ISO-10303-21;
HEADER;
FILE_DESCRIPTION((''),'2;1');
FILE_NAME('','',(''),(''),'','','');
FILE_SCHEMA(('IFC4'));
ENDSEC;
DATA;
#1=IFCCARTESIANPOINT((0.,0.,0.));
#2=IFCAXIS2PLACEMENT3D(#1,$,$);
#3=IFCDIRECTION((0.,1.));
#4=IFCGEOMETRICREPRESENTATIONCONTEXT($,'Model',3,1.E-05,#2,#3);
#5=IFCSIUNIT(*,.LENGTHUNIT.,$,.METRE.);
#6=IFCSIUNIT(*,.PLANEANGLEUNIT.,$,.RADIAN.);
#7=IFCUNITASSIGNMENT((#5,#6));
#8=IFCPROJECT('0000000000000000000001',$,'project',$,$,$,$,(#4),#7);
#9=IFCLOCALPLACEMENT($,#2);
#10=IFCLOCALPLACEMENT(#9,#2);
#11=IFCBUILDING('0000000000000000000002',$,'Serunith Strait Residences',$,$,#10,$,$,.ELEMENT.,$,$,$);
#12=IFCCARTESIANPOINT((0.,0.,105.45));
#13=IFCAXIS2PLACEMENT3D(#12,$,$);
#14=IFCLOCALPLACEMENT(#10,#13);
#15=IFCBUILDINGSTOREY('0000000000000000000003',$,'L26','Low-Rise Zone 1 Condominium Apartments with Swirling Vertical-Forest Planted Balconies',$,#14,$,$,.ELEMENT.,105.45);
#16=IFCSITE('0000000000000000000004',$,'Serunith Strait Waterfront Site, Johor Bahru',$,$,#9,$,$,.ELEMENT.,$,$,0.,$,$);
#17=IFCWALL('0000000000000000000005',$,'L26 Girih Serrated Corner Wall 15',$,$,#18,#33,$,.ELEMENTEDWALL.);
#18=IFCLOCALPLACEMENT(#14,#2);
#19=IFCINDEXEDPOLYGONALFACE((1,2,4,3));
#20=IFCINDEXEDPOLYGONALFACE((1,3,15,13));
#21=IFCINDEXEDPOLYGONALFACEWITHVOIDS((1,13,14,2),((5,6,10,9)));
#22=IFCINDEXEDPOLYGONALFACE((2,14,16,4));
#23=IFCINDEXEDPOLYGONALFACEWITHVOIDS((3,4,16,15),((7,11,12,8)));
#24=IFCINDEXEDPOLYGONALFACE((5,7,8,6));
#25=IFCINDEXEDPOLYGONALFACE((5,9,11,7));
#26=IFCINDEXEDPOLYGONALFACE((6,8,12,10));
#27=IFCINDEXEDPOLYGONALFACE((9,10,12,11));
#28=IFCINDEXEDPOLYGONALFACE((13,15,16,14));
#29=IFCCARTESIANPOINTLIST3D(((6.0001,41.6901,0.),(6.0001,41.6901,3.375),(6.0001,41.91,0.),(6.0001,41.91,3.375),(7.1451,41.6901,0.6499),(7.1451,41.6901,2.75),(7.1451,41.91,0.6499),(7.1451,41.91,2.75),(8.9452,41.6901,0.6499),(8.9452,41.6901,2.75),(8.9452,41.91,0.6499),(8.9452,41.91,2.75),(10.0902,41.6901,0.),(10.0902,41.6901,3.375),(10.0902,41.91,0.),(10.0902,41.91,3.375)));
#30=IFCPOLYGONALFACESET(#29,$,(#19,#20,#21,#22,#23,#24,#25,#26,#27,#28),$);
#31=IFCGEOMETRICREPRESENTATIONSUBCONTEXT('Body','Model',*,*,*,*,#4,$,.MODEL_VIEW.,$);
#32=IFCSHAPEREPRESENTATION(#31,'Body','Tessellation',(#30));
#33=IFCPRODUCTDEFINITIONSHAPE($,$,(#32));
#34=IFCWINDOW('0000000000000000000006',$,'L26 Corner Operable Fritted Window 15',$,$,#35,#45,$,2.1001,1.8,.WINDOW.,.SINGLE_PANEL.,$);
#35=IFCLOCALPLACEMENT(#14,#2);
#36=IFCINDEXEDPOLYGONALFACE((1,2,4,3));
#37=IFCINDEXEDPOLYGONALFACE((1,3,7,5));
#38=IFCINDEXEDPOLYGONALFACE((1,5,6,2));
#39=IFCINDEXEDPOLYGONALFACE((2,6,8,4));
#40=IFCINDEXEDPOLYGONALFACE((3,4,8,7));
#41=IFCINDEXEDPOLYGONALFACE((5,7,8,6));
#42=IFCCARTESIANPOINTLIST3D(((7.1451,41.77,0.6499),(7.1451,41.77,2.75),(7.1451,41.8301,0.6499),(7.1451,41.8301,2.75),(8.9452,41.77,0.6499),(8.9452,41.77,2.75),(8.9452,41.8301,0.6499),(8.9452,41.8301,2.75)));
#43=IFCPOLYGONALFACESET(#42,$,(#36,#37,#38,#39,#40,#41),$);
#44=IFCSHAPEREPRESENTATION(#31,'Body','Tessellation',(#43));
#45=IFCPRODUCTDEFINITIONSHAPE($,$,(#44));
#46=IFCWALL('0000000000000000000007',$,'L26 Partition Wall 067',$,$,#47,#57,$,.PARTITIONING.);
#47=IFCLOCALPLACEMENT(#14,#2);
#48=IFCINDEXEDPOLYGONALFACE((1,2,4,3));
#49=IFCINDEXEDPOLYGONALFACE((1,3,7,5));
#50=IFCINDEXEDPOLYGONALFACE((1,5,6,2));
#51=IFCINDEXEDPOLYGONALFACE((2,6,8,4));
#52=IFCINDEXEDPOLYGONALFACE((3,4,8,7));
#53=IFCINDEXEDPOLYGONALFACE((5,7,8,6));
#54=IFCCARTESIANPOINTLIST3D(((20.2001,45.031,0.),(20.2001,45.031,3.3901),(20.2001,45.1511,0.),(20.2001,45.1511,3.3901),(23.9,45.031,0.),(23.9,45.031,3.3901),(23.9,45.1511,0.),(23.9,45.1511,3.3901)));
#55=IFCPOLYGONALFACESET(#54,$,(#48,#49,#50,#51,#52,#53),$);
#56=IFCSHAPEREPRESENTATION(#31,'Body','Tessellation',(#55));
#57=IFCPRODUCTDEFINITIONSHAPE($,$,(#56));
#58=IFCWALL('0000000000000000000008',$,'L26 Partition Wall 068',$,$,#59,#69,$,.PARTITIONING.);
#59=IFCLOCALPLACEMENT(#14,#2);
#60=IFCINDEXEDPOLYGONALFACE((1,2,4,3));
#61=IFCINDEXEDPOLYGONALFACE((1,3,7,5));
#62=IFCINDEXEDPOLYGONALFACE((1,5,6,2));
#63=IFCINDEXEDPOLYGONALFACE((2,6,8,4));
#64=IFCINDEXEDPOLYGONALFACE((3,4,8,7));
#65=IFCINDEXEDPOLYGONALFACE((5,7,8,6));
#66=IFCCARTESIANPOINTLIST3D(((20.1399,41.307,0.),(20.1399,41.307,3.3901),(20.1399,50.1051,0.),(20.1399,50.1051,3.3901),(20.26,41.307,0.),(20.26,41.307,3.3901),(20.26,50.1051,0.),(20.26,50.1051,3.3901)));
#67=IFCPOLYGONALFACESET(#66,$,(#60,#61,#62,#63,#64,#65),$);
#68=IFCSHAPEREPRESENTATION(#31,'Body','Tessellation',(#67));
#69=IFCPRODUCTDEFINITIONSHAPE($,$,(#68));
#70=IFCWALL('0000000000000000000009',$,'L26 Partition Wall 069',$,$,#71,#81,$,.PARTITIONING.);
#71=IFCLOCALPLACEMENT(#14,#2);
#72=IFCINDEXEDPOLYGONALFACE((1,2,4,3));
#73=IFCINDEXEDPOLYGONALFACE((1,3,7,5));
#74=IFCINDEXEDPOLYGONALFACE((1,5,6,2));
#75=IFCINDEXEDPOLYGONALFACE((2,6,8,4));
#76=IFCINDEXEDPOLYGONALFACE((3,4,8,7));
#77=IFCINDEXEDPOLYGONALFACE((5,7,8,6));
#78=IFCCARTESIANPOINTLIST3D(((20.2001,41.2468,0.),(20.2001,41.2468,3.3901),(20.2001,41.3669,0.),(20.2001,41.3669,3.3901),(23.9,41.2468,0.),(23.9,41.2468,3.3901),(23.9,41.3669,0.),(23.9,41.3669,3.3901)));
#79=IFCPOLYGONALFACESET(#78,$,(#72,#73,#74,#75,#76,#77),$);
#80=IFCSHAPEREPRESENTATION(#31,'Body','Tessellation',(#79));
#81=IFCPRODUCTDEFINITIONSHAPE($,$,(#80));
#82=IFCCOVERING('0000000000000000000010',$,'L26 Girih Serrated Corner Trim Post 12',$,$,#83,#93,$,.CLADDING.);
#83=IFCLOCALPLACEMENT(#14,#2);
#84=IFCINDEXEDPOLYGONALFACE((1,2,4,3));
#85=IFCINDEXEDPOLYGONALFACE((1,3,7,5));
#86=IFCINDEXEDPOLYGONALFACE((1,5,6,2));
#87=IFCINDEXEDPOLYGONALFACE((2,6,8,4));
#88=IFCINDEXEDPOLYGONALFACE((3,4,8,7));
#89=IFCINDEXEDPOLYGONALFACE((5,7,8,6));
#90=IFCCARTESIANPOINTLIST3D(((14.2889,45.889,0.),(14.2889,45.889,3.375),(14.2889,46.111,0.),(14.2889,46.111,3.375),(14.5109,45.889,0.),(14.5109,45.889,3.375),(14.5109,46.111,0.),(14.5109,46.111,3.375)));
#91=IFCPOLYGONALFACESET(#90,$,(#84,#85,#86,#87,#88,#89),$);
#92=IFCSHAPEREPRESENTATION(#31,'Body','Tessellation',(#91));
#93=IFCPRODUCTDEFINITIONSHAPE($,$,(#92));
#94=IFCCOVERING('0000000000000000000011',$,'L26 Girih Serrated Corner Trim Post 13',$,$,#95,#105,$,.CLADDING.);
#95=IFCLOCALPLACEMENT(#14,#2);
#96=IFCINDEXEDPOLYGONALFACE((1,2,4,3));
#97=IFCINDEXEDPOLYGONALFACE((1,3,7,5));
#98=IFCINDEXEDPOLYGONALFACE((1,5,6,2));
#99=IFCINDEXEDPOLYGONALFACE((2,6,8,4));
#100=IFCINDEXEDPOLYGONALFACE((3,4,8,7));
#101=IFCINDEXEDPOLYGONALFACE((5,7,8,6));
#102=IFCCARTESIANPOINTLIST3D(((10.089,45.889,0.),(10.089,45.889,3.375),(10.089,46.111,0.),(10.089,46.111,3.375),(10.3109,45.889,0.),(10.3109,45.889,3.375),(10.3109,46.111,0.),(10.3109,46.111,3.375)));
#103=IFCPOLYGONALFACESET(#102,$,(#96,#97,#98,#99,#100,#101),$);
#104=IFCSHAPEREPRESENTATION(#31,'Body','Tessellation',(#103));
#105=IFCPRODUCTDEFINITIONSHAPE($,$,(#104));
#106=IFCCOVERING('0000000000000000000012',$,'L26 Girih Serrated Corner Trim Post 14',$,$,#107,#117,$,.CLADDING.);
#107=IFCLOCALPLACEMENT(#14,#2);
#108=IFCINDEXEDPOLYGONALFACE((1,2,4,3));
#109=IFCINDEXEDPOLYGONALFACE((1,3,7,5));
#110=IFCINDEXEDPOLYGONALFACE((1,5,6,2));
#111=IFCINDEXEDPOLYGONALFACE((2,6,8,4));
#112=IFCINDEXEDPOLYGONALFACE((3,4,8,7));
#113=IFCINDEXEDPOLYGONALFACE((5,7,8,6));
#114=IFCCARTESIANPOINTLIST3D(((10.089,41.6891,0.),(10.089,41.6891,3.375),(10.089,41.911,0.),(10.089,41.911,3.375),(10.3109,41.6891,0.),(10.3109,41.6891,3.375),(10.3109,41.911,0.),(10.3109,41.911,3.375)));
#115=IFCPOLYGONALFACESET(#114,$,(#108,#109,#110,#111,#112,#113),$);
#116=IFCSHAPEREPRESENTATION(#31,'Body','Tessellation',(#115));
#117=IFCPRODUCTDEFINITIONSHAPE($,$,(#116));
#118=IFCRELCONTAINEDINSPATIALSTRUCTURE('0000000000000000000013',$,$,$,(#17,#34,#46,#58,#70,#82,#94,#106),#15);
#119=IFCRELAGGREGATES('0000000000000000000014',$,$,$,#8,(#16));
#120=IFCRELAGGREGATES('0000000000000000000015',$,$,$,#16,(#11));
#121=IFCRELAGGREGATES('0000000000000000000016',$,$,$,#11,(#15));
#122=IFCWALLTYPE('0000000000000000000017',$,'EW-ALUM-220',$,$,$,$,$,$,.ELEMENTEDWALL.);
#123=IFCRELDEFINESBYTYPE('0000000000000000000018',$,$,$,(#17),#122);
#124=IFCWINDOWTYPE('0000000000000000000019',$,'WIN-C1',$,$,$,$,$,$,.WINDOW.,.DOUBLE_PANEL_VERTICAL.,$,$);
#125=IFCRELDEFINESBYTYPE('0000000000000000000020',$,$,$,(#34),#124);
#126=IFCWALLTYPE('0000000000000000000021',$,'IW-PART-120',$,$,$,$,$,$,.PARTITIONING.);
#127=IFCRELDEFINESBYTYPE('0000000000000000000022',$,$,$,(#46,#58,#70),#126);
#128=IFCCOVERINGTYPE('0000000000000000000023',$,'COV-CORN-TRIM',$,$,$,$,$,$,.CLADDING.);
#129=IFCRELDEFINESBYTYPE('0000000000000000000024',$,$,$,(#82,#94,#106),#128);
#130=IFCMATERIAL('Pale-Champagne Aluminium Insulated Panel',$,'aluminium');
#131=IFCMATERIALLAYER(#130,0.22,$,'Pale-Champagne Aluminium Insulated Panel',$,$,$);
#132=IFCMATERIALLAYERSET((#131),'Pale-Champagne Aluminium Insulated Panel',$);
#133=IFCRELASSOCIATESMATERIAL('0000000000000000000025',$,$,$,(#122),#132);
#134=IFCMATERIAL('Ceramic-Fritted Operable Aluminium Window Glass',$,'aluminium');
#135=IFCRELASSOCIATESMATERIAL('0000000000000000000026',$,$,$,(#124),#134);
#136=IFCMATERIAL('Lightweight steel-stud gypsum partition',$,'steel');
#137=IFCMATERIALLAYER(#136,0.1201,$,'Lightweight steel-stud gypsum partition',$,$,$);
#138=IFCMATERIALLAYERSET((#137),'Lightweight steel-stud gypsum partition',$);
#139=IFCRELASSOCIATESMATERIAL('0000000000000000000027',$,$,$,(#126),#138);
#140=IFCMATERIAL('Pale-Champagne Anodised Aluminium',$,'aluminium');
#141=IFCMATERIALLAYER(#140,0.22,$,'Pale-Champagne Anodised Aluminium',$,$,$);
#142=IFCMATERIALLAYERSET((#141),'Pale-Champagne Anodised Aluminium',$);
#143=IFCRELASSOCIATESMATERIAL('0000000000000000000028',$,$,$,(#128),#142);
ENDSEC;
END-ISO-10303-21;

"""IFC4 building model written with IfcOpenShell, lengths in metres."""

from ifc_helpers import new_model, si_unit, direction, frame, frame_2d, origin, origin_2d, place, context, subcontext, project, spatial, rectangle, extrude, source, transform, mapped, material, layer, layer_set, type_object, element, fill, save


model = new_model("IFC4")

# Units and contexts
model_context = context("Model", 3, precision=1e-05, world=origin(), true_north=direction((0.0, 1.0)))
body_context = subcontext(model_context, "Body", "Model", "MODEL_VIEW")
ifc_project = project(units=[si_unit("LENGTHUNIT", "METRE"), si_unit("PLANEANGLEUNIT", "RADIAN")], contexts=[model_context])

# Site, building, storey
site_placement = place(None, origin())
site = spatial("IfcSite", under=ifc_project, at=site_placement, Name="Serunith Strait Waterfront Site, Johor Bahru", CompositionType="ELEMENT", RefElevation=0.0)
building_placement = place(site_placement, origin())
building = spatial("IfcBuilding", under=site, at=building_placement, Name="Serunith Strait Residences", CompositionType="ELEMENT")
storey_placement = place(building_placement, frame((0.0, 0.0, 105.45)))
storey = spatial("IfcBuildingStorey", under=building, at=storey_placement, Name="L26", Description="Low-Rise Zone 1 Condominium Apartments with Swirling Vertical-Forest Planted Balconies", CompositionType="ELEMENT", Elevation=105.45)

# Shared definitions
ifc_material_1 = material(Name="Pale-Champagne Anodised Aluminium", Category="aluminium")

# Wall, opening, window
ifc_material_2 = material(Name="Pale-Champagne Aluminium Insulated Panel", Category="aluminium")
ifc_layer_1 = layer(ifc_material_2, 0.22, Name="Pale-Champagne Aluminium Insulated Panel")
ifc_layer_set_1 = layer_set([ifc_layer_1], Name="Pale-Champagne Aluminium Insulated Panel")
wall_type_1 = type_object("IfcWallType", Name="EW-ALUM-220", PredefinedType="ELEMENTEDWALL", material=ifc_layer_set_1)
ifc_material_3 = material(Name="Ceramic-Fritted Operable Aluminium Window Glass", Category="aluminium")
window_type = type_object("IfcWindowType", Name="WIN-C1", PartitioningType="DOUBLE_PANEL_VERTICAL", PredefinedType="WINDOW", material=ifc_material_3)
shared_shape_1 = source(origin(), body_context, "Body", "SweptSolid", [
    extrude(rectangle(XDim=1.8, YDim=2.1001, at=frame_2d((0.8999, 1.05))), frame((0.0, 0.03, 0.0), z_axis=(0.0, -1.0, 0.0), x_axis=(1.0, 0.0, 0.0)), (0.0, 0.0, 1.0), 0.0601),
])
wall_1_placement = place(storey_placement, frame((10.0901, 41.8, 0.0), z_axis=(0.0, 0.0, 1.0), x_axis=(-1.0, 0.0, 0.0)))
wall_1 = element("IfcWall", 1, at=wall_1_placement, inside=storey, type_object=wall_type_1, Name="L26 Girih Serrated Corner Wall 15", PredefinedType="ELEMENTEDWALL", context=body_context, shape_type="SweptSolid", body=[
    extrude(rectangle(XDim=4.0901, YDim=0.22, at=frame_2d((2.0449, 0.0))), origin(), (0.0, 0.0, 1.0), 3.375),
])
opening_1_placement = place(wall_1_placement, frame((1.145, 0.0, 0.6499)))
opening_1 = element("IfcOpeningElement", 2, at=opening_1_placement, cuts=wall_1, PredefinedType="OPENING", context=body_context, shape_type="SweptSolid", body=[
    extrude(rectangle(XDim=1.8, YDim=2.1001, at=frame_2d((0.8999, 1.05))), frame((0.0, 0.1201, 0.0), z_axis=(0.0, -1.0, 0.0), x_axis=(1.0, 0.0, 0.0)), (0.0, 0.0, 1.0), 0.24),
])
window_1_placement = place(opening_1_placement, origin())
window_1 = element("IfcWindow", 3, at=window_1_placement, inside=storey, type_object=window_type, Name="L26 Corner Operable Fritted Window 15", OverallHeight=2.1001, OverallWidth=1.8, PartitioningType="SINGLE_PANEL", PredefinedType="WINDOW", context=body_context, shape_type="MappedRepresentation", body=[
    mapped(shared_shape_1, transform((0.0, 0.0, 0.0), scale=1.0)),
])
fill(opening_1, window_1)

# Walls
ifc_material_4 = material(Name="Lightweight steel-stud gypsum partition", Category="steel")
ifc_layer_2 = layer(ifc_material_4, 0.1201, Name="Lightweight steel-stud gypsum partition")
ifc_layer_set_2 = layer_set([ifc_layer_2], Name="Lightweight steel-stud gypsum partition")
wall_type_2 = type_object("IfcWallType", Name="IW-PART-120", PredefinedType="PARTITIONING", material=ifc_layer_set_2)
wall_2_placement = place(storey_placement, frame((20.2, 45.0911, 0.0), z_axis=(0.0, 0.0, 1.0), x_axis=(1.0, 0.0, 0.0)))
element("IfcWall", 4, at=wall_2_placement, inside=storey, type_object=wall_type_2, Name="L26 Partition Wall 067", PredefinedType="PARTITIONING", context=body_context, shape_type="SweptSolid", body=[
    extrude(rectangle(XDim=3.7, YDim=0.1201, at=frame_2d((1.8501, 0.0))), origin(), (0.0, 0.0, 1.0), 3.3901),
])
wall_3_placement = place(storey_placement, frame((20.2, 50.105, 0.0), z_axis=(0.0, 0.0, 1.0), x_axis=(0.0, -1.0, 0.0)))
element("IfcWall", 5, at=wall_3_placement, inside=storey, type_object=wall_type_2, Name="L26 Partition Wall 068", PredefinedType="PARTITIONING", context=body_context, shape_type="SweptSolid", body=[
    extrude(rectangle(XDim=8.7981, YDim=0.1201, at=frame_2d((4.3989, 0.0))), origin(), (0.0, 0.0, 1.0), 3.3901),
])
wall_4_placement = place(storey_placement, frame((20.2, 41.3069, 0.0), z_axis=(0.0, 0.0, 1.0), x_axis=(1.0, 0.0, 0.0)))
element("IfcWall", 6, at=wall_4_placement, inside=storey, type_object=wall_type_2, Name="L26 Partition Wall 069", PredefinedType="PARTITIONING", context=body_context, shape_type="SweptSolid", body=[
    extrude(rectangle(XDim=3.7, YDim=0.1201, at=frame_2d((1.8501, 0.0))), origin(), (0.0, 0.0, 1.0), 3.3901),
])

# Coverings
ifc_layer_3 = layer(ifc_material_1, 0.22, Name="Pale-Champagne Anodised Aluminium")
ifc_layer_set_3 = layer_set([ifc_layer_3], Name="Pale-Champagne Anodised Aluminium")
covering_type = type_object("IfcCoveringType", Name="COV-CORN-TRIM", PredefinedType="CLADDING", material=ifc_layer_set_3)
shared_shape_2 = source(origin(), body_context, "Body", "SweptSolid", [
    extrude(rectangle(XDim=0.2219, YDim=0.2219, at=origin_2d()), origin(), (0.0, 0.0, 1.0), 3.375),
])
for number, where, z_axis, x_axis, name in (
    (7, (14.3999, 46.0, 0.0), (0.0, 0.0, 1.0), (1.0, 0.0, 0.0), "L26 Girih Serrated Corner Trim Post 12"),
    (8, (10.2, 46.0, 0.0), (0.0, 0.0, 1.0), (1.0, 0.0, 0.0), "L26 Girih Serrated Corner Trim Post 13"),
    (9, (10.2, 41.8, 0.0), (0.0, 0.0, 1.0), (1.0, 0.0, 0.0), "L26 Girih Serrated Corner Trim Post 14"),
):
    element("IfcCovering", number, at=place(storey_placement, frame(where, z_axis=z_axis, x_axis=x_axis)), inside=storey, type_object=covering_type, Name=name, PredefinedType="CLADDING", context=body_context, shape_type="MappedRepresentation", body=[
        mapped(shared_shape_2, transform((0.0, 0.0, 0.0), scale=1.0)),
    ])

save(model, "model.ifc")
